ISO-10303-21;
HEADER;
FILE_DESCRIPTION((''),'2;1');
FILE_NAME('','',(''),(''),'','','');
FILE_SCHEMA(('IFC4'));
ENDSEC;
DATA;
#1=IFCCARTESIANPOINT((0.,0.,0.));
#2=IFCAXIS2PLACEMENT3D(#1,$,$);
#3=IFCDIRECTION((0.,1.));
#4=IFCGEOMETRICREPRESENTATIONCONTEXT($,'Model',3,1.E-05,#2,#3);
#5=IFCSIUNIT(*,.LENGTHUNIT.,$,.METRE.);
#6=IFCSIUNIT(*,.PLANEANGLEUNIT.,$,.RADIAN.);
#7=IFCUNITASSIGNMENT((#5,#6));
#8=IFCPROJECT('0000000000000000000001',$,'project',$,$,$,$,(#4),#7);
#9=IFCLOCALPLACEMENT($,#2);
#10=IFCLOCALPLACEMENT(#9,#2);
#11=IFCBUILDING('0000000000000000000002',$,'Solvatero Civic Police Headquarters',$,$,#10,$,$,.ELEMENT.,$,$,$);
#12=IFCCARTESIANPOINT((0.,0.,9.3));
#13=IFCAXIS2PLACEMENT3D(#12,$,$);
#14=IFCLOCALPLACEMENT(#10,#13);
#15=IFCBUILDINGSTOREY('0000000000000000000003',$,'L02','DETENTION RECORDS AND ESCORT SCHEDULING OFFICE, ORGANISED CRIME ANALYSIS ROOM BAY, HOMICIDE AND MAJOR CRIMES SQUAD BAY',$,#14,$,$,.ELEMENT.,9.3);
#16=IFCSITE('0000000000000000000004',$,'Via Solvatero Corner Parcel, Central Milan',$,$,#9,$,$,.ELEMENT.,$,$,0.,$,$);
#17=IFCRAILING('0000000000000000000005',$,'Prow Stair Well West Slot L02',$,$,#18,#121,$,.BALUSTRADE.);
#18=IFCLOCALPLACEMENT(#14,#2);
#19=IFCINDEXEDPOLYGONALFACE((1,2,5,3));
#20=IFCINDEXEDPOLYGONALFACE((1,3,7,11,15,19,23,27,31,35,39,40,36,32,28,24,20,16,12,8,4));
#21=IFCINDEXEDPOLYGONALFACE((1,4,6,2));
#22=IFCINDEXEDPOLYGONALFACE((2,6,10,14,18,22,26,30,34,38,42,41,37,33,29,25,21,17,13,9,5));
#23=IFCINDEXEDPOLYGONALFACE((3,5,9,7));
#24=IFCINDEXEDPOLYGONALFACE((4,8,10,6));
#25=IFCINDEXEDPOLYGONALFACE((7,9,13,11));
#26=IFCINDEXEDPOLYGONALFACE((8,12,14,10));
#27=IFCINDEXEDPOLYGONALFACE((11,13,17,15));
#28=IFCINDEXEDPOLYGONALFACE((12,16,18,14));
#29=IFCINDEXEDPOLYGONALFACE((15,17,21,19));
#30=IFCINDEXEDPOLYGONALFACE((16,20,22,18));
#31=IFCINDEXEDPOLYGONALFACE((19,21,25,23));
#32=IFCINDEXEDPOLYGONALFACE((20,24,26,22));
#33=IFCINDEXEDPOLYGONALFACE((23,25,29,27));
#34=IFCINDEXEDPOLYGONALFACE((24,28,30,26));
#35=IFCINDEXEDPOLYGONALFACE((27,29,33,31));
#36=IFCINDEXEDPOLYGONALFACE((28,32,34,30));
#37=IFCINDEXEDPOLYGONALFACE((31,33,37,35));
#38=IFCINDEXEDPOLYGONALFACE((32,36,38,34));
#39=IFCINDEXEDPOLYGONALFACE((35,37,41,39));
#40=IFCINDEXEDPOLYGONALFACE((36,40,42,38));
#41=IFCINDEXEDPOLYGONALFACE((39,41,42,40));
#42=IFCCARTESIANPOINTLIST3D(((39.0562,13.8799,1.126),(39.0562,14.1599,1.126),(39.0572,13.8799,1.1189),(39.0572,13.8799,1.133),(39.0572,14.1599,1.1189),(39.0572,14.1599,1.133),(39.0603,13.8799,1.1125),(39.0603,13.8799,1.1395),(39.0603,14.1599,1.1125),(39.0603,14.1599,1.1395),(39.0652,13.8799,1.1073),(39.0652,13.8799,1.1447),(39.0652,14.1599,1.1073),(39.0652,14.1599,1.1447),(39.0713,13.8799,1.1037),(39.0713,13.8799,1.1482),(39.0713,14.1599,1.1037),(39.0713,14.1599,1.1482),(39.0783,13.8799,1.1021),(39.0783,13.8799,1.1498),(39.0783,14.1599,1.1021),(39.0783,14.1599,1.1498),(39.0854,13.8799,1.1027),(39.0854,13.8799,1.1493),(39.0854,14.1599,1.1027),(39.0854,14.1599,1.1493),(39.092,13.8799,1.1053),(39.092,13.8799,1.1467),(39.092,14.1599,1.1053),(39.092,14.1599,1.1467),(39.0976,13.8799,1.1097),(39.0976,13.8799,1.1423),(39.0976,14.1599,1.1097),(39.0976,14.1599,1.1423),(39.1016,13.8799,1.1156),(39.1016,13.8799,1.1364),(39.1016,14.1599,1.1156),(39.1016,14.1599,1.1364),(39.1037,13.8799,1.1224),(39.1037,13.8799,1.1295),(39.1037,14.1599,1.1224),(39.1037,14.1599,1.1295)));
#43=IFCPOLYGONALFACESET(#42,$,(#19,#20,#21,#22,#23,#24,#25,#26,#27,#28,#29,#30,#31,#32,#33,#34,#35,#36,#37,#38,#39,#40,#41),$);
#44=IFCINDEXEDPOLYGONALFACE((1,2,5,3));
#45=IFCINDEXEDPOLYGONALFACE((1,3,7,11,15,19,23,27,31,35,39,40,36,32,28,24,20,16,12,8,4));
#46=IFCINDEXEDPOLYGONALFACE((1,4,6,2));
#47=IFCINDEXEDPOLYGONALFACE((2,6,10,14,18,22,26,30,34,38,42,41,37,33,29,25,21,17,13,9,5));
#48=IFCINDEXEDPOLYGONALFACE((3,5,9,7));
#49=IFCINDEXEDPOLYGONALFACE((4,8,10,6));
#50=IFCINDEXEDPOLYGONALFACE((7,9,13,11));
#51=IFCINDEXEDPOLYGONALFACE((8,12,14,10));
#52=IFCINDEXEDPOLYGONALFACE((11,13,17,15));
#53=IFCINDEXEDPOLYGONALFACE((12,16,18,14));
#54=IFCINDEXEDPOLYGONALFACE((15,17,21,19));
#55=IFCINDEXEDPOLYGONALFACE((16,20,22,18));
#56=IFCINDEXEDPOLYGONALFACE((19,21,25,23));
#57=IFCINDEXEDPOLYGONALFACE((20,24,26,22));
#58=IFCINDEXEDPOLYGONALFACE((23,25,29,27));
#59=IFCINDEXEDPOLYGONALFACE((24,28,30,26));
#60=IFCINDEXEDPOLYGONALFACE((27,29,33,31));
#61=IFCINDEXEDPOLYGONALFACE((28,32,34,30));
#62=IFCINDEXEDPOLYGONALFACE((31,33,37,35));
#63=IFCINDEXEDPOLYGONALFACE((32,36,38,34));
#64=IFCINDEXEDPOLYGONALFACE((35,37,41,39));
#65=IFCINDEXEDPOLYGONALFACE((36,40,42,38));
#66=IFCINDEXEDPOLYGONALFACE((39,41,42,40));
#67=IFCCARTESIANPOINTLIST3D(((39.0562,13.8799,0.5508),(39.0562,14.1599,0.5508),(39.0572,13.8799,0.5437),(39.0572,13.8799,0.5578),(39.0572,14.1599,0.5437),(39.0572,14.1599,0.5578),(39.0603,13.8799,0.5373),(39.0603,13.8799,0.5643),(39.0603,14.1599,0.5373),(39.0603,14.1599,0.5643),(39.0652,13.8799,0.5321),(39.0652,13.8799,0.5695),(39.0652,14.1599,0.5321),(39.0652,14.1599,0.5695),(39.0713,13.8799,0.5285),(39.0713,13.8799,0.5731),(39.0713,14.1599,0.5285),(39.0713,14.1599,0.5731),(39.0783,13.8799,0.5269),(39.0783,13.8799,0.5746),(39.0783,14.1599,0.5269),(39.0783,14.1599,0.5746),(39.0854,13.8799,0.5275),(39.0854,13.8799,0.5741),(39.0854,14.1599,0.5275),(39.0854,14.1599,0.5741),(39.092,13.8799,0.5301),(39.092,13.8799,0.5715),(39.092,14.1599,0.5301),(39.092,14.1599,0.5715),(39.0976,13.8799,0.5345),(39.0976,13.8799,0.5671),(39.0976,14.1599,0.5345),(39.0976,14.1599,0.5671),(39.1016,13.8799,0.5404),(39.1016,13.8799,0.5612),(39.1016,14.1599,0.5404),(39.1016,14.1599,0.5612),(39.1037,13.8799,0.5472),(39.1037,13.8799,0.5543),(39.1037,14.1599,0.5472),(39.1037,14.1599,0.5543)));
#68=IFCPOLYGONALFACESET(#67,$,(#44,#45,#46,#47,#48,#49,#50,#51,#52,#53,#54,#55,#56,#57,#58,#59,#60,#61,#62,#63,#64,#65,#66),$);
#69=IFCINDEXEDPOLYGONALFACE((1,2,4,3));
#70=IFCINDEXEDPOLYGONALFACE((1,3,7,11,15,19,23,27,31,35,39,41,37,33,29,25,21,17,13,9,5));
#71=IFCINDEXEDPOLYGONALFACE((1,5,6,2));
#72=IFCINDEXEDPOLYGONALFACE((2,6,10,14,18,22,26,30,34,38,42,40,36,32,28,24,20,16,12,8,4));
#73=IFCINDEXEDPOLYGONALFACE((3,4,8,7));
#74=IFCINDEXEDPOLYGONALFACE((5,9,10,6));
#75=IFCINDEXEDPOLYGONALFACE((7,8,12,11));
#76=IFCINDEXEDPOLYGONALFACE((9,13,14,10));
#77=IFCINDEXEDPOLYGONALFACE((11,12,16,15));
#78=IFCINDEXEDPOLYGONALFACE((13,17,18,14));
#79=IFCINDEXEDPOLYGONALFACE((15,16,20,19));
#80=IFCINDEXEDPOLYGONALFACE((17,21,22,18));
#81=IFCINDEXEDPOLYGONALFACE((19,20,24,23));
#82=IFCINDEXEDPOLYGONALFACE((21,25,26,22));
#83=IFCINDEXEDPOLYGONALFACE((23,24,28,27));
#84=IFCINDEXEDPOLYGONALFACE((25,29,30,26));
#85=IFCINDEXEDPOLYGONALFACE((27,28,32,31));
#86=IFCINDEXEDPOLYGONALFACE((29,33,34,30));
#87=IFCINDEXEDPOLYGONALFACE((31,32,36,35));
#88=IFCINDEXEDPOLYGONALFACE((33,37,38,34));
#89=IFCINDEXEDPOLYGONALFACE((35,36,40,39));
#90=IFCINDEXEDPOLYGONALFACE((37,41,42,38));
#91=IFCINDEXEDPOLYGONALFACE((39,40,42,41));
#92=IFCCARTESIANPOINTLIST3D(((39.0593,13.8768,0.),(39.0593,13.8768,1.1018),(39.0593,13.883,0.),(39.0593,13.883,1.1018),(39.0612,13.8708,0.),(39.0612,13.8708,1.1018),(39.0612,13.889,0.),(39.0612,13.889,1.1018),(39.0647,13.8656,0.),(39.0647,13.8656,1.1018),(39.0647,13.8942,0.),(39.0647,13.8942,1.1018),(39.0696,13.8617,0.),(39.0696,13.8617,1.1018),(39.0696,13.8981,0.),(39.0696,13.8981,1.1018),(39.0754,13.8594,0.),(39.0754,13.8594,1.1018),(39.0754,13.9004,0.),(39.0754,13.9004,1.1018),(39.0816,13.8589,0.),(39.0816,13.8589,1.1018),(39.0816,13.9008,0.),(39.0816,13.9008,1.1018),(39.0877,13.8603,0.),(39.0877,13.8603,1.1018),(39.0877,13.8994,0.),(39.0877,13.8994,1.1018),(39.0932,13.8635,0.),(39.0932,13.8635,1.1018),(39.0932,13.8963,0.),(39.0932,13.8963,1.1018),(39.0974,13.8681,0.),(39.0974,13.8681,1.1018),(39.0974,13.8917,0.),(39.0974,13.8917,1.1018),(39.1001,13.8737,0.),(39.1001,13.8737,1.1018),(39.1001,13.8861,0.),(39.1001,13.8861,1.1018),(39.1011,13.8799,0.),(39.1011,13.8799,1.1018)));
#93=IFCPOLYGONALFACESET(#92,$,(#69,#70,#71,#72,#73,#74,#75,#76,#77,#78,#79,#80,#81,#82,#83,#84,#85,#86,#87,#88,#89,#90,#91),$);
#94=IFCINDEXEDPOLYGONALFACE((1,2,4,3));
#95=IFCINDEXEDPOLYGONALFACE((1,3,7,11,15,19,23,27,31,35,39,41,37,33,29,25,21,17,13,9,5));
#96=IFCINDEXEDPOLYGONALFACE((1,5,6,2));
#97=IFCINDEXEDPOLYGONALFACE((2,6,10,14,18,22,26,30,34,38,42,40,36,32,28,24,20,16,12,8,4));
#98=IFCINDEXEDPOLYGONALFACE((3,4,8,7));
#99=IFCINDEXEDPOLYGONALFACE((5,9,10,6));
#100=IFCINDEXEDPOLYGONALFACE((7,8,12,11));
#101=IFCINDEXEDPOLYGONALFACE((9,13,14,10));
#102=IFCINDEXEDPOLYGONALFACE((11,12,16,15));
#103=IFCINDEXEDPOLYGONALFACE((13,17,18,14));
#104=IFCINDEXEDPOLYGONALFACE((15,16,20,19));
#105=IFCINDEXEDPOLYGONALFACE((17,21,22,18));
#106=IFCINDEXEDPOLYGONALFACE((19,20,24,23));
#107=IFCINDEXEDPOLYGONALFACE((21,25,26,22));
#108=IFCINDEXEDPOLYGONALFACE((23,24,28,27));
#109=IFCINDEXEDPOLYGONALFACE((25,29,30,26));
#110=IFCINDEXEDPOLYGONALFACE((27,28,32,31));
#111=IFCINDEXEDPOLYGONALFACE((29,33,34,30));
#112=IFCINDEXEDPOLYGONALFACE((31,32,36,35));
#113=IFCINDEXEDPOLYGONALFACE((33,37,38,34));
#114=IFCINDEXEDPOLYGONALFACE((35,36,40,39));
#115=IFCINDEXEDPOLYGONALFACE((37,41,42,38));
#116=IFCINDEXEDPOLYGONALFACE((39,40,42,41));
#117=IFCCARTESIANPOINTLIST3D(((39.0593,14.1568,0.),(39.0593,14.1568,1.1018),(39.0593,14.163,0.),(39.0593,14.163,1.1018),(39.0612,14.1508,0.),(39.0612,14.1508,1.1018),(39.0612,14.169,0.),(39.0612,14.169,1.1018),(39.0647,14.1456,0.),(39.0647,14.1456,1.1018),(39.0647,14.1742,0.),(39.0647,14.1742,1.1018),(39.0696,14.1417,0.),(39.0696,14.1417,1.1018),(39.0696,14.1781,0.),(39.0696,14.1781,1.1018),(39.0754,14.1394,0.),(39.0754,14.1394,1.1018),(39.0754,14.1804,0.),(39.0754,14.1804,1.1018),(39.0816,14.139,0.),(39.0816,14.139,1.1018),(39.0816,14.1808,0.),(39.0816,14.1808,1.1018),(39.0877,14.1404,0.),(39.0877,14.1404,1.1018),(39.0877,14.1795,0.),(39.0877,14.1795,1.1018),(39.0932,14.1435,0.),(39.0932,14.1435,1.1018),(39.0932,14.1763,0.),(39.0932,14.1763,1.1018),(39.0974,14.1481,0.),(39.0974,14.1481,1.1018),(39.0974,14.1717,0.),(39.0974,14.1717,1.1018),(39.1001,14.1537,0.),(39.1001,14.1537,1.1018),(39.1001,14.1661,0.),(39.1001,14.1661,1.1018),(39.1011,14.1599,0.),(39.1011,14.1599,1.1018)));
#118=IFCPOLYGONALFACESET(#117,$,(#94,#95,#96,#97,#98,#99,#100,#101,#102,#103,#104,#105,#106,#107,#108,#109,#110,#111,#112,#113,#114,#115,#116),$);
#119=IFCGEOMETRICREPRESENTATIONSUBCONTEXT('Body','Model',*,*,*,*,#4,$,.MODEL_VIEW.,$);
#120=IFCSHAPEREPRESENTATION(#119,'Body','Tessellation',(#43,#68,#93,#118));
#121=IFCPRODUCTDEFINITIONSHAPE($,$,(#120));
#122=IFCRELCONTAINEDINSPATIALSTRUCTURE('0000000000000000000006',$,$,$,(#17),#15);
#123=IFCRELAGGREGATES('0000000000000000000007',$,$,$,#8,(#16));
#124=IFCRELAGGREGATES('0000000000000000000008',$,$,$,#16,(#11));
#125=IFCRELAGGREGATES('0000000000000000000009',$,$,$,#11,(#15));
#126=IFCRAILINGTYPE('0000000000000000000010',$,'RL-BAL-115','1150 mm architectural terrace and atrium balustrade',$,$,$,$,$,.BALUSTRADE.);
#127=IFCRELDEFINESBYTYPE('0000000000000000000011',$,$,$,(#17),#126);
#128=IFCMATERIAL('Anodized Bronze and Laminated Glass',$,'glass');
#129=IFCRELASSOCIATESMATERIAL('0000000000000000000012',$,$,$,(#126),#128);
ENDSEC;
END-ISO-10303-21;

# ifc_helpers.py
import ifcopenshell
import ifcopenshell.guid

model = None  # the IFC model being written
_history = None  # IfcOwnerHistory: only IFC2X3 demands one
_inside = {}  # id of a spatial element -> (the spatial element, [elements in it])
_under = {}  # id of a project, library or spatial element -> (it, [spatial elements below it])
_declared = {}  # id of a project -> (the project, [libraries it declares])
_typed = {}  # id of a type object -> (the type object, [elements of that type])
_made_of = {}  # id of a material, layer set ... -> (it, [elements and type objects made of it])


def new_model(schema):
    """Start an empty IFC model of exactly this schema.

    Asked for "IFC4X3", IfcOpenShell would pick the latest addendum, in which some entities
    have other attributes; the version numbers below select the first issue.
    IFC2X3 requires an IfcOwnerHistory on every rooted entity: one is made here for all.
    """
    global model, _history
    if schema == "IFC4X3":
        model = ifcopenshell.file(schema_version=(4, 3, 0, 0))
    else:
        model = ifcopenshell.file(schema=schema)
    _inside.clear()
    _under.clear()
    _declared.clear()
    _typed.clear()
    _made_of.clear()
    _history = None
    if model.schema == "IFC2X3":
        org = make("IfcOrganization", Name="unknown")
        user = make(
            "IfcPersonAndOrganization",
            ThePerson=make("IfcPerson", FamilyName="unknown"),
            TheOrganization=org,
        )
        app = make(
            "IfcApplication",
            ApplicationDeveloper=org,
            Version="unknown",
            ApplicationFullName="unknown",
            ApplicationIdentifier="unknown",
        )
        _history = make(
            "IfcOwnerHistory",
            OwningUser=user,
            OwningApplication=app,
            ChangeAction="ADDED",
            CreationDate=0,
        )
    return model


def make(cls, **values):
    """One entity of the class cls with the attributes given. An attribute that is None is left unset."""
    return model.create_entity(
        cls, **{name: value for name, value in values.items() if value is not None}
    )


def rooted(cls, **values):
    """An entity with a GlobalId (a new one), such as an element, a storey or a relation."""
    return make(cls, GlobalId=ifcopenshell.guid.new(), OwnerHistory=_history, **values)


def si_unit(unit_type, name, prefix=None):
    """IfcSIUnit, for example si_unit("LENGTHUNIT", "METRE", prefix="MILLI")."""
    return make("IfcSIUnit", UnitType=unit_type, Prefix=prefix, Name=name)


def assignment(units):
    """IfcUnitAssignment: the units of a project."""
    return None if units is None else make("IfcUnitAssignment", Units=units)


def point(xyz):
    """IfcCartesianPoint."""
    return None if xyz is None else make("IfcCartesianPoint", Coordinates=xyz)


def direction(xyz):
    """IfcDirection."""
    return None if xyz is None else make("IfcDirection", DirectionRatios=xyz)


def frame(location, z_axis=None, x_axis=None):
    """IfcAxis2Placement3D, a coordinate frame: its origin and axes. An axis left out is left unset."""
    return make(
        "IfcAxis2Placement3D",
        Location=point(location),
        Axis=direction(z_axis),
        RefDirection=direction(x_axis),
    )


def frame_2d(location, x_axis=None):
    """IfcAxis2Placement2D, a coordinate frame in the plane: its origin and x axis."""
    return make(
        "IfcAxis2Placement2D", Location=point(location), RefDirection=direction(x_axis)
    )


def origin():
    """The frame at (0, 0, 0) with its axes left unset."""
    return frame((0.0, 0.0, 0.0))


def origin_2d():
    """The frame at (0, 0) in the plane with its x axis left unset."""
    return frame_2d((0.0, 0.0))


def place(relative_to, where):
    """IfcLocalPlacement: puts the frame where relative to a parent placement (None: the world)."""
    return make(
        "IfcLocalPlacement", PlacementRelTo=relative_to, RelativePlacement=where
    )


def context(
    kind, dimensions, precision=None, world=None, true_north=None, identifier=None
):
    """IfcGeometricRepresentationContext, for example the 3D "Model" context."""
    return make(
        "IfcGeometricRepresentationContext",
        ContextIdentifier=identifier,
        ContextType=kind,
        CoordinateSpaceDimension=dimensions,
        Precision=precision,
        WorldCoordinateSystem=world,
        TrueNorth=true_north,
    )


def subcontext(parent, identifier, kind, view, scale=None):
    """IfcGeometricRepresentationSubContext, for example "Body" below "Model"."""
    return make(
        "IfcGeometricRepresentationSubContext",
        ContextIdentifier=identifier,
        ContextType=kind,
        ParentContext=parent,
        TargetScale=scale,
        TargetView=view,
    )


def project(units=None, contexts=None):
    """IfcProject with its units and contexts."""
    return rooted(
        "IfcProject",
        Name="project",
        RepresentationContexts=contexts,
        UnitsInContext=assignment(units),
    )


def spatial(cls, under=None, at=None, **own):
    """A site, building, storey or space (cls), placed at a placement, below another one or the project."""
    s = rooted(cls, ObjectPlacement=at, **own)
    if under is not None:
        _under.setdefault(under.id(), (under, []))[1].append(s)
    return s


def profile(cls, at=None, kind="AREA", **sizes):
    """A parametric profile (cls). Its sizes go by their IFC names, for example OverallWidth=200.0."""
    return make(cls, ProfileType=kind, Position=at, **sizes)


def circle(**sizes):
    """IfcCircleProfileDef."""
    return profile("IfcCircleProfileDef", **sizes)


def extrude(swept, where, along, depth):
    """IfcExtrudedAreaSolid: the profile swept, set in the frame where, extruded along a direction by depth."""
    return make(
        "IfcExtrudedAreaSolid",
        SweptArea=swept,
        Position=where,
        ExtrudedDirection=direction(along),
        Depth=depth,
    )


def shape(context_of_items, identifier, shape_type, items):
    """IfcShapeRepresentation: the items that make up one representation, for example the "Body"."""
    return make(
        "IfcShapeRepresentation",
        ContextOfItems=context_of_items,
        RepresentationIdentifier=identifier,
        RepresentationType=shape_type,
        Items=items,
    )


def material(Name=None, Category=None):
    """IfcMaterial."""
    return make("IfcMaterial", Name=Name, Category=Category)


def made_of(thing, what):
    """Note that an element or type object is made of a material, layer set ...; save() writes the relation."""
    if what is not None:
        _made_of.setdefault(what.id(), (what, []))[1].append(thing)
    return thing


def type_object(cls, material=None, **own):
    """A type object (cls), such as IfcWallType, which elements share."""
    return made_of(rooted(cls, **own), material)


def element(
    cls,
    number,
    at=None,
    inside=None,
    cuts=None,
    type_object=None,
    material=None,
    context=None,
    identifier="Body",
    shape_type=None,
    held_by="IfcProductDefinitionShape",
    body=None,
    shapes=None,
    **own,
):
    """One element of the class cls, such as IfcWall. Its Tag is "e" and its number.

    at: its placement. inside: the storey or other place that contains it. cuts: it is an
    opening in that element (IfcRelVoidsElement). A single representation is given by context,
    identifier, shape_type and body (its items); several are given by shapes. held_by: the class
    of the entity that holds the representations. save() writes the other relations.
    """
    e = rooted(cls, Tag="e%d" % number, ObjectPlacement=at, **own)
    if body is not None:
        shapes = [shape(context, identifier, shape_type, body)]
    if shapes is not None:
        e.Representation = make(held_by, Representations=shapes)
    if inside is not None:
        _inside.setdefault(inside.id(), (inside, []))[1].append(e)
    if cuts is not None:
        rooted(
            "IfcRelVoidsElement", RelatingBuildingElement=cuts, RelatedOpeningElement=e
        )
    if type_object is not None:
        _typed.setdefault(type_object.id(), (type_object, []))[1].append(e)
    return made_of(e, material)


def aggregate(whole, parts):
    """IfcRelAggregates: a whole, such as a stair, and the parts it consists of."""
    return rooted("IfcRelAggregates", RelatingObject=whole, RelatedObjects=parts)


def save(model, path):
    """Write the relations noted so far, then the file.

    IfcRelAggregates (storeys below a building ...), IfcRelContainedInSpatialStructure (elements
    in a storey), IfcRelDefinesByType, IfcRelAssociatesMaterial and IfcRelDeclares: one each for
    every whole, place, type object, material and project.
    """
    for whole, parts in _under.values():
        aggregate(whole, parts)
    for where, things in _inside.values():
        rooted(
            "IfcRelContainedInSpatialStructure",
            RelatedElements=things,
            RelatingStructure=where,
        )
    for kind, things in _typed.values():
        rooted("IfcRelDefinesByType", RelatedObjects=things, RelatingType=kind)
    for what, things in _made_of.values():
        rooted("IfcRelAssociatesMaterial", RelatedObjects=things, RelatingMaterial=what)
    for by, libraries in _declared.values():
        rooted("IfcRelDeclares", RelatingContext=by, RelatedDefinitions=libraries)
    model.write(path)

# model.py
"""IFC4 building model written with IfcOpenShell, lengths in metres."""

from ifc_helpers import new_model, si_unit, direction, frame, origin, origin_2d, place, context, subcontext, project, spatial, circle, extrude, material, type_object, element, save


model = new_model("IFC4")

# Units and contexts
model_context = context("Model", 3, precision=1e-05, world=origin(), true_north=direction((0.0, 1.0)))
body_context = subcontext(model_context, "Body", "Model", "MODEL_VIEW")
ifc_project = project(units=[si_unit("LENGTHUNIT", "METRE"), si_unit("PLANEANGLEUNIT", "RADIAN")], contexts=[model_context])

# Site, building, storey
site_placement = place(None, origin())
site = spatial("IfcSite", under=ifc_project, at=site_placement, Name="Via Solvatero Corner Parcel, Central Milan", CompositionType="ELEMENT", RefElevation=0.0)
building_placement = place(site_placement, origin())
building = spatial("IfcBuilding", under=site, at=building_placement, Name="Solvatero Civic Police Headquarters", CompositionType="ELEMENT")
storey_placement = place(building_placement, frame((0.0, 0.0, 9.3)))
storey = spatial("IfcBuildingStorey", under=building, at=storey_placement, Name="L02", Description="DETENTION RECORDS AND ESCORT SCHEDULING OFFICE, ORGANISED CRIME ANALYSIS ROOM BAY, HOMICIDE AND MAJOR CRIMES SQUAD BAY", CompositionType="ELEMENT", Elevation=9.3)

# Railing
ifc_material_1 = material(Name="Anodized Bronze and Laminated Glass", Category="glass")
railing_type_1 = type_object("IfcRailingType", Name="RL-BAL-115", Description="1150 mm architectural terrace and atrium balustrade", PredefinedType="BALUSTRADE", material=ifc_material_1)
railing_1_placement = place(storey_placement, frame((39.0801, 13.8799, 0.0)))
element("IfcRailing", 1, at=railing_1_placement, inside=storey, type_object=railing_type_1, Name="Prow Stair Well West Slot L02", PredefinedType="BALUSTRADE", context=body_context, shape_type="SweptSolid", body=[
    extrude(circle(Radius=0.0239, at=origin_2d()), frame((0.0, 0.0, 1.126), z_axis=(0.0, 1.0, 0.0), x_axis=(-1.0, 0.0, 0.0)), (0.0, 0.0, 1.0), 0.28),
    extrude(circle(Radius=0.0239, at=origin_2d()), frame((0.0, 0.0, 0.5508), z_axis=(0.0, 1.0, 0.0), x_axis=(-1.0, 0.0, 0.0)), (0.0, 0.0, 1.0), 0.28),
    extrude(circle(Radius=0.021, at=origin_2d()), origin(), (0.0, 0.0, 1.0), 1.1018),
    extrude(circle(Radius=0.021, at=origin_2d()), frame((0.0, 0.28, 0.0)), (0.0, 0.0, 1.0), 1.1018),
])

save(model, "model.ifc")
